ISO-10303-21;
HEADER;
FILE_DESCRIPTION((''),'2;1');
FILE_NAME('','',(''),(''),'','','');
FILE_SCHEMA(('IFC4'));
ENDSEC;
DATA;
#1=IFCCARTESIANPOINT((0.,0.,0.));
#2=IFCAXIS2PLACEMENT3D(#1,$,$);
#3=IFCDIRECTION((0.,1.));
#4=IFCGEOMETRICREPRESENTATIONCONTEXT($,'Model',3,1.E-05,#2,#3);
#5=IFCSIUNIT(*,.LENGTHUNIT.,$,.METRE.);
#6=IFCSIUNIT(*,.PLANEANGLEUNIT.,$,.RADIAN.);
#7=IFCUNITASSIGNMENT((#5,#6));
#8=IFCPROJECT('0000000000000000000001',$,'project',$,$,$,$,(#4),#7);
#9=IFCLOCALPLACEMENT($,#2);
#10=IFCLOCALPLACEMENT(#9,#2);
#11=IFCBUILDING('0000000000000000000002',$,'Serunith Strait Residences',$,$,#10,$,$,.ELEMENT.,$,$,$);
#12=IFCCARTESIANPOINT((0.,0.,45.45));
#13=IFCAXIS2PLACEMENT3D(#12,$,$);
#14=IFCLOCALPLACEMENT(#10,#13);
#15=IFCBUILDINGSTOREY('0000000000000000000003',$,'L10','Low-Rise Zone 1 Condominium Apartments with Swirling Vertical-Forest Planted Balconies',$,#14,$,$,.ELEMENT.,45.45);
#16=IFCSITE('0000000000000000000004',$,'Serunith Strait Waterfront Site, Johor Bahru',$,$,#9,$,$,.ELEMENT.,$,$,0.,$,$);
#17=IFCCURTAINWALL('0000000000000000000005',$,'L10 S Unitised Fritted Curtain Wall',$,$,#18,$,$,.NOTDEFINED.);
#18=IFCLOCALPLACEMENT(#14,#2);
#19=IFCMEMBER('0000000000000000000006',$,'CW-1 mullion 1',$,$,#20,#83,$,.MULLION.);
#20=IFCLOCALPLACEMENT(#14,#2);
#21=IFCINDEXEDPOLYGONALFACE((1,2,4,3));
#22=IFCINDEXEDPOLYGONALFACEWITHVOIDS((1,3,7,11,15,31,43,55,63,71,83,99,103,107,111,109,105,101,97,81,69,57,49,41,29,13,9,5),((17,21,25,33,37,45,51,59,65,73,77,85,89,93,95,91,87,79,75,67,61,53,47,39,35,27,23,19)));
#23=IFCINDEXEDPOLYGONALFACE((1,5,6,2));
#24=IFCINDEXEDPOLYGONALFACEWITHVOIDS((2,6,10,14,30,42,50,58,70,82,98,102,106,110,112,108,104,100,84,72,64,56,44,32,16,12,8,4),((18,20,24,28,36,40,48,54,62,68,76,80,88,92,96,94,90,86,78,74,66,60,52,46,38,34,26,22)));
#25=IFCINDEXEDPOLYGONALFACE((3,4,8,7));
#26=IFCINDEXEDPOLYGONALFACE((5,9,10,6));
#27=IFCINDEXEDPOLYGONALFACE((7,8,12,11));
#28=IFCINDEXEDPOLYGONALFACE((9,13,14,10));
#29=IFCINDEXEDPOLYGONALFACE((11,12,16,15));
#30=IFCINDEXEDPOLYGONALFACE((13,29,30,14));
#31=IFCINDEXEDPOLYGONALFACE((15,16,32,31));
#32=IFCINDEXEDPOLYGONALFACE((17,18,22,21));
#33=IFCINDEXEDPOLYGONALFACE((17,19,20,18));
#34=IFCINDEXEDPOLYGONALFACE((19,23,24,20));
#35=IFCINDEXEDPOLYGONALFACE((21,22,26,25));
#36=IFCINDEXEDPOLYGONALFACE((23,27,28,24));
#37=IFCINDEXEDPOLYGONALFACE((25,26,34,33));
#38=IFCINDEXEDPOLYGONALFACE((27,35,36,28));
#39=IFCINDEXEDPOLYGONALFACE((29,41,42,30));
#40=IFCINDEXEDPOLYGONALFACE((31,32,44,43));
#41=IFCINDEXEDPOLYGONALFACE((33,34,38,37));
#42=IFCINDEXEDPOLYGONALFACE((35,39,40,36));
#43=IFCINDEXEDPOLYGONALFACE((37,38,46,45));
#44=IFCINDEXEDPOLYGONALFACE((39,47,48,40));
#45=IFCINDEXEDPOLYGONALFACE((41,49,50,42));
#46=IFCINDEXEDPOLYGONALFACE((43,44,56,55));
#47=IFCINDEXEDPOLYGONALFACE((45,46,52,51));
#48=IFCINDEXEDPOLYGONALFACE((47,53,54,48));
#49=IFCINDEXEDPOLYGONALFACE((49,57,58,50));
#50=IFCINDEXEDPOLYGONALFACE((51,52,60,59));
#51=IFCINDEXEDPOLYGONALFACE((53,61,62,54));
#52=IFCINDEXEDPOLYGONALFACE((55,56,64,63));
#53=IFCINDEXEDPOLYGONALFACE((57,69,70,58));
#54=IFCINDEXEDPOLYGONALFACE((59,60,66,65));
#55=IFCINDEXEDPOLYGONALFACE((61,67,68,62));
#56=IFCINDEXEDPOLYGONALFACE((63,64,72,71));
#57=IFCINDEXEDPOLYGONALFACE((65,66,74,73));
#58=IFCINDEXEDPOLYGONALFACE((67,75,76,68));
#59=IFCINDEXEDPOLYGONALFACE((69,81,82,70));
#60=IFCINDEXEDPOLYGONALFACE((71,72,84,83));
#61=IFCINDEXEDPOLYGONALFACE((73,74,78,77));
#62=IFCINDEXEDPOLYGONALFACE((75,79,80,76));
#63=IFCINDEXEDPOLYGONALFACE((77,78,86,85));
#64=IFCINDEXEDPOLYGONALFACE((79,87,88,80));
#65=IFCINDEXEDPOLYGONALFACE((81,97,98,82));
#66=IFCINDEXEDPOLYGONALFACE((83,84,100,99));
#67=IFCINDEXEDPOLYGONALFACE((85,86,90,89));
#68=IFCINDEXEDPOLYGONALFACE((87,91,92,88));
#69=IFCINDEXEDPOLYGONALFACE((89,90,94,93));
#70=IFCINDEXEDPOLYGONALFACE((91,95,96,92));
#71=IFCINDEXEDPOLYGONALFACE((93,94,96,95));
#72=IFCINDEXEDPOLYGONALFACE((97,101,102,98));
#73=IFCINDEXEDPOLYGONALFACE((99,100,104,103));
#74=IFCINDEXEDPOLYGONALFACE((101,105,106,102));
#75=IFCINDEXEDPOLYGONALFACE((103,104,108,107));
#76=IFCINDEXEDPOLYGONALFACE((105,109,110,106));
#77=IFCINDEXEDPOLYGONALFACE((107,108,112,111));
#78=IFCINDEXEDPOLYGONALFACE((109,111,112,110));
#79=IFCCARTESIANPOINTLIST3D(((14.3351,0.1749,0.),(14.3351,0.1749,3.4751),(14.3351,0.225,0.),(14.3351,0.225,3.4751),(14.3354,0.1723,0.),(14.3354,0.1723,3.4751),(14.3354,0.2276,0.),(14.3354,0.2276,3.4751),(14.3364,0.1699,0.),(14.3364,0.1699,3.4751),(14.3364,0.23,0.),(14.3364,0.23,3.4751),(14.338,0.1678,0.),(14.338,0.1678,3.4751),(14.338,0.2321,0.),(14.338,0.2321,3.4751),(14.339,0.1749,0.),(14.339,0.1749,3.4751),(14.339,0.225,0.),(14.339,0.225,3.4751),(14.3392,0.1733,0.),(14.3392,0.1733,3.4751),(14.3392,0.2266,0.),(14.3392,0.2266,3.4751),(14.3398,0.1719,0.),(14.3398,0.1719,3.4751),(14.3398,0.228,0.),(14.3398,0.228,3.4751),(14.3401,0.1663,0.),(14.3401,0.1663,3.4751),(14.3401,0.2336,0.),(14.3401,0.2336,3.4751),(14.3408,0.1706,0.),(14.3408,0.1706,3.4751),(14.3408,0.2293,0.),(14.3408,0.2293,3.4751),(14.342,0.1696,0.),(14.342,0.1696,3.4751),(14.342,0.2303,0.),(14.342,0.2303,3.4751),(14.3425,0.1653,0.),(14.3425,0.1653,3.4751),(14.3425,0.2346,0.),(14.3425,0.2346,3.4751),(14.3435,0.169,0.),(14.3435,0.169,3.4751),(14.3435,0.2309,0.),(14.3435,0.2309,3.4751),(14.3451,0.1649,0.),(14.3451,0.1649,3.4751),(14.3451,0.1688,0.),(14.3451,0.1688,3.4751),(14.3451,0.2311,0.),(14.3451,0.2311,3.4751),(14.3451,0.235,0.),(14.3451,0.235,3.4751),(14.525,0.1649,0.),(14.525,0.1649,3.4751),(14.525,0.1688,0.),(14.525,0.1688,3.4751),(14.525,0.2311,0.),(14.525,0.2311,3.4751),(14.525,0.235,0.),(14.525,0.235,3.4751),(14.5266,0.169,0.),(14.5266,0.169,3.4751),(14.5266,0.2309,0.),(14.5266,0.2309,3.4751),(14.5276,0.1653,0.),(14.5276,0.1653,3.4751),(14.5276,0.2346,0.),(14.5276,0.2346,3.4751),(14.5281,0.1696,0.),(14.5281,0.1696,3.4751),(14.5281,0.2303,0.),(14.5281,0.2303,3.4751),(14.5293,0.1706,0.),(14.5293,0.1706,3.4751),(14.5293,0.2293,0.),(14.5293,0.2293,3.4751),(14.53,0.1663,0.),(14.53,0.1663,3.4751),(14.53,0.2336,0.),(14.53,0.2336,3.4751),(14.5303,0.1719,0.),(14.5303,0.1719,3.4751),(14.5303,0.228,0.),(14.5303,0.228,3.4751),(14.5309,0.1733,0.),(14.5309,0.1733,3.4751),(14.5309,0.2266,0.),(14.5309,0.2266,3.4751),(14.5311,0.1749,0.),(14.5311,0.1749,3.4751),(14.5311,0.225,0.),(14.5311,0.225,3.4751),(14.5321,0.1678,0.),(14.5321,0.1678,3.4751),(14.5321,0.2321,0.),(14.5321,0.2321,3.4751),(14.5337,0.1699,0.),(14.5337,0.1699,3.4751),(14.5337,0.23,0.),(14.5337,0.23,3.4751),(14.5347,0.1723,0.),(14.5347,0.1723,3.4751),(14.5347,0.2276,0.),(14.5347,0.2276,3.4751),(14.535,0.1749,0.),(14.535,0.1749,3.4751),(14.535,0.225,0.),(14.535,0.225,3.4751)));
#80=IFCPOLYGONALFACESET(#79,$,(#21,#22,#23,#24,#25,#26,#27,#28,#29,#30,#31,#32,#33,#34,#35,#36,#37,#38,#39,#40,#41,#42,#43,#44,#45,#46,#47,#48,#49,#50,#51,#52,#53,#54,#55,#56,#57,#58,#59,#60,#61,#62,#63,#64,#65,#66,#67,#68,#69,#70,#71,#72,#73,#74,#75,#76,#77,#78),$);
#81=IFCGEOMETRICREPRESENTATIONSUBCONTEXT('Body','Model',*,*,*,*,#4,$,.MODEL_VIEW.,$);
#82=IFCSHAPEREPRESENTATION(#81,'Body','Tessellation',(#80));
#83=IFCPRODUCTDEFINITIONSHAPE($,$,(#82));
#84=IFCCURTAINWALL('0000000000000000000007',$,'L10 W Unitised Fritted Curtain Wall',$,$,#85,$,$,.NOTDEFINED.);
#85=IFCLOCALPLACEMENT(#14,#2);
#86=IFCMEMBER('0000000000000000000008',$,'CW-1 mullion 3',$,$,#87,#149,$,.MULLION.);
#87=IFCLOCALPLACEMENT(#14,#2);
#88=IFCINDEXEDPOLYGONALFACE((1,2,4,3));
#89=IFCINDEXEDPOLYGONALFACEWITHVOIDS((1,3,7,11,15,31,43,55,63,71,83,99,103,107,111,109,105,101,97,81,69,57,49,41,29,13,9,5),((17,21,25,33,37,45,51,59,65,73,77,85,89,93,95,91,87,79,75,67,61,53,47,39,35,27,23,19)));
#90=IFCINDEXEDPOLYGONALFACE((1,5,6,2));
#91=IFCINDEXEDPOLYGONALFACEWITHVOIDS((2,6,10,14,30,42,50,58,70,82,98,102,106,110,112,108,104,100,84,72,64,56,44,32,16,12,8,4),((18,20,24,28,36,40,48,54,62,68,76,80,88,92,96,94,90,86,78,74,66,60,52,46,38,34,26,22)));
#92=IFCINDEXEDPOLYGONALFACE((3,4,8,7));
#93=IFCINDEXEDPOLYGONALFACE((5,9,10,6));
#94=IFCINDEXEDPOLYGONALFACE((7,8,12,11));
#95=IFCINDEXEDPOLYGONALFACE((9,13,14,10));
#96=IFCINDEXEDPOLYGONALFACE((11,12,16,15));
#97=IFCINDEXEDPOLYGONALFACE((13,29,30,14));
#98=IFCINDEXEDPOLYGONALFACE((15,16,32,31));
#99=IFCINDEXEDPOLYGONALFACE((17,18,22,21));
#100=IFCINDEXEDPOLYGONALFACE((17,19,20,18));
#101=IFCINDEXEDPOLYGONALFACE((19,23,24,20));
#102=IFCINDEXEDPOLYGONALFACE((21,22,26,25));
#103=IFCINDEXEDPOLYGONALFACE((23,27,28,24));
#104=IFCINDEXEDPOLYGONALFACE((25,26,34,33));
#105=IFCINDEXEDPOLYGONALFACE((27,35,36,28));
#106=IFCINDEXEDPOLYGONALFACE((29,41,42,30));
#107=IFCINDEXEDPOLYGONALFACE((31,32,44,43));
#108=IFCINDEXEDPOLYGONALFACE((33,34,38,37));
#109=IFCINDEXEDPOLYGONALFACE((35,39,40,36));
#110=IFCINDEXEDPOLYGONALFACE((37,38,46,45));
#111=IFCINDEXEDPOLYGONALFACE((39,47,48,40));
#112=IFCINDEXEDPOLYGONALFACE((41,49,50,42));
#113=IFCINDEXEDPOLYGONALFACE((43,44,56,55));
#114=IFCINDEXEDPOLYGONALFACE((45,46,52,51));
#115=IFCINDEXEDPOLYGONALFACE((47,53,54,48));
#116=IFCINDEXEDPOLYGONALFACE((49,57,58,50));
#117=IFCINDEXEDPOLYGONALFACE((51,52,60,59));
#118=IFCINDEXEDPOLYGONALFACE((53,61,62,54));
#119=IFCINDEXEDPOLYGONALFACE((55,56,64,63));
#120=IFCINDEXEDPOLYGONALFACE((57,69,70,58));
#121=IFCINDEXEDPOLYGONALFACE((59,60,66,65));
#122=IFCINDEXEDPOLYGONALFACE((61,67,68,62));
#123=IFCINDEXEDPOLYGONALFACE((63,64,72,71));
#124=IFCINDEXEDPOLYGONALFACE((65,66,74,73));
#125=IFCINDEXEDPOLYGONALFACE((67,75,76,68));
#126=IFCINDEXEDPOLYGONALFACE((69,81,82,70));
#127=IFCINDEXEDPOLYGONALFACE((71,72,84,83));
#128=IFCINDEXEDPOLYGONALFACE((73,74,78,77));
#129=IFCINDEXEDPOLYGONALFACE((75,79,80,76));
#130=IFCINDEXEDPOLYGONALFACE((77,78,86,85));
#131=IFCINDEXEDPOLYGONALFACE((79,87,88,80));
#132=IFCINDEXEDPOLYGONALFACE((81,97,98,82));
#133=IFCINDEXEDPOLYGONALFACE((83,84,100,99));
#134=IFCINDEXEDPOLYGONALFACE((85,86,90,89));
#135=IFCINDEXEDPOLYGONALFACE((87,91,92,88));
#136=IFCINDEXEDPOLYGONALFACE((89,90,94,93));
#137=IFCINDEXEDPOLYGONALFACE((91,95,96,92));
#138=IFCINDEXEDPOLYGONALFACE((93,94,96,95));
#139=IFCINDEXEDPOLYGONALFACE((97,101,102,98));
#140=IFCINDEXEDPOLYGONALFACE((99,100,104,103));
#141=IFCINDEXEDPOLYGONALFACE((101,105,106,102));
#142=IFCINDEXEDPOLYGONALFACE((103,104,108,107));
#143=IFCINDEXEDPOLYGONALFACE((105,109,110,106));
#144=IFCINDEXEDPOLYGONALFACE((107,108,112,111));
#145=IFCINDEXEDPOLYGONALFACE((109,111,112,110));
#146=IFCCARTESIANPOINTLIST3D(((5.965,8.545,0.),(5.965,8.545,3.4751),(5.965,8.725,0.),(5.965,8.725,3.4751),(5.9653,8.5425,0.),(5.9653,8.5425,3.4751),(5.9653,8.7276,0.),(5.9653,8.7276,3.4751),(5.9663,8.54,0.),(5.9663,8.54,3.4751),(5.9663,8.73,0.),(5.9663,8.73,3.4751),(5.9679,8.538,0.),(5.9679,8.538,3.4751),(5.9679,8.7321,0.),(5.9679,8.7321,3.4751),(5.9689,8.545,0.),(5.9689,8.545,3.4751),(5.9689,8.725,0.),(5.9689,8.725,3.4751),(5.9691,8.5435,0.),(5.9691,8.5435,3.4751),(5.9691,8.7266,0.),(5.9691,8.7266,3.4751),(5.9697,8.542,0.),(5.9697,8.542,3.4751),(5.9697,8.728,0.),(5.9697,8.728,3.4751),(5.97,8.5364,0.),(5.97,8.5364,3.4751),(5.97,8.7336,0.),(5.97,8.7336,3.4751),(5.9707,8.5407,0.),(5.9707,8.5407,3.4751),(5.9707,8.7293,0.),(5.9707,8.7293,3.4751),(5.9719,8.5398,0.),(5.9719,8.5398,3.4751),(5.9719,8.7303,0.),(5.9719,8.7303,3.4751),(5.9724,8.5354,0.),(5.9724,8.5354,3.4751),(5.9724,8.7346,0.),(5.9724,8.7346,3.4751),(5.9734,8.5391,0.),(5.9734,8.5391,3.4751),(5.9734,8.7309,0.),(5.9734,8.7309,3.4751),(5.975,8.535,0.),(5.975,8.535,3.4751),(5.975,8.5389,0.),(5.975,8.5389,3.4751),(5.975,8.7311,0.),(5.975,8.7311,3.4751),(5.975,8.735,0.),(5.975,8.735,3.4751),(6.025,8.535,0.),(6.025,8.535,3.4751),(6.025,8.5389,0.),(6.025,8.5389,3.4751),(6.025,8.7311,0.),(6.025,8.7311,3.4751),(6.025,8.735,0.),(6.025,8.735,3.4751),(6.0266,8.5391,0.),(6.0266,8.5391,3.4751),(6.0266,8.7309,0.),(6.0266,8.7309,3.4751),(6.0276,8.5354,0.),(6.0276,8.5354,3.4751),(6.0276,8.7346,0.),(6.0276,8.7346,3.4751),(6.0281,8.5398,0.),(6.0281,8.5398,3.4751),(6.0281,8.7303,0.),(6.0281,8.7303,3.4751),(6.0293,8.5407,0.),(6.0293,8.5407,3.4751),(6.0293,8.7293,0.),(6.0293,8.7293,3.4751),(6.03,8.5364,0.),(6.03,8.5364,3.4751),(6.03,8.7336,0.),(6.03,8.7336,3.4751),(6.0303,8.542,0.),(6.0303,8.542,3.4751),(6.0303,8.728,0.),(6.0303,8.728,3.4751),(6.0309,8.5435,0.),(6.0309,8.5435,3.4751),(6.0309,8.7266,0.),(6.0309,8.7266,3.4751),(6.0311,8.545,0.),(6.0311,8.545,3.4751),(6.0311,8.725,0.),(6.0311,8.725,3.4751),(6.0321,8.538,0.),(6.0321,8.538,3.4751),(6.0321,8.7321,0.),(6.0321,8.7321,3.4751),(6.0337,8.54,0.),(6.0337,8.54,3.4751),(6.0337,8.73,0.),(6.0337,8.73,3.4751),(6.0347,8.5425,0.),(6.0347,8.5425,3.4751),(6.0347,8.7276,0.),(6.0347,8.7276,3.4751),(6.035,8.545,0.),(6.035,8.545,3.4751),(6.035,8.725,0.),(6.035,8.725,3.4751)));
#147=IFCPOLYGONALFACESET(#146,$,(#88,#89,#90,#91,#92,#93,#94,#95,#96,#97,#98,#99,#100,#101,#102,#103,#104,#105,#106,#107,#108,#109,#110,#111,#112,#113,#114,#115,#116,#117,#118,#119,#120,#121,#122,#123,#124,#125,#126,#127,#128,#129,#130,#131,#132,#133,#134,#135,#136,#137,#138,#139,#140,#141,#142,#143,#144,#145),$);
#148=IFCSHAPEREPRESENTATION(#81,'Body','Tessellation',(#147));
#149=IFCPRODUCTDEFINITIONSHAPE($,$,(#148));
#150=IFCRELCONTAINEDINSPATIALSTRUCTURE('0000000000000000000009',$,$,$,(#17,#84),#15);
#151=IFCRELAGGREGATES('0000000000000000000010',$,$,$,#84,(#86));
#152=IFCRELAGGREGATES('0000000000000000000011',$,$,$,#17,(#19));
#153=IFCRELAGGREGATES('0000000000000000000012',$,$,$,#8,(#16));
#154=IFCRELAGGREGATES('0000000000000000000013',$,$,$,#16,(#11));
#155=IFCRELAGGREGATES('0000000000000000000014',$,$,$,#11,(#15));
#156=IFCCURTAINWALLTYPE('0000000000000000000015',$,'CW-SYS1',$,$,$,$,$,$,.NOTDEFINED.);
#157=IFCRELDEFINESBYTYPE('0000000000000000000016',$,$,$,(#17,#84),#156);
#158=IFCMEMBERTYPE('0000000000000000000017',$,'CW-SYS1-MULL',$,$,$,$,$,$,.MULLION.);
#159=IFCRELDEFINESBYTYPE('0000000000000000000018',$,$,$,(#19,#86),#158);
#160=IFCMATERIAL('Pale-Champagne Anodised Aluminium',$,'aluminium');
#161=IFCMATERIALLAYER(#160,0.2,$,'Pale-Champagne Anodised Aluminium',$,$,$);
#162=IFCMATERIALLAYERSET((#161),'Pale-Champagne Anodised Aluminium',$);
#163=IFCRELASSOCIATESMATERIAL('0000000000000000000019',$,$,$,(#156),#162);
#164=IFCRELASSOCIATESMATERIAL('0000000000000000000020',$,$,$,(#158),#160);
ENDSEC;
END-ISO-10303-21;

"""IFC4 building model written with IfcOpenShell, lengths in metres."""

from ifc_helpers import new_model, si_unit, direction, frame, origin, origin_2d, place, context, subcontext, project, spatial, hollow_rectangle, extrude, source, transform, mapped, material, layer, layer_set, material_profile, profile_set, type_object, element, aggregate, save


model = new_model("IFC4")

# Units and contexts
model_context = context("Model", 3, precision=1e-05, world=origin(), true_north=direction((0.0, 1.0)))
body_context = subcontext(model_context, "Body", "Model", "MODEL_VIEW")
ifc_project = project(units=[si_unit("LENGTHUNIT", "METRE"), si_unit("PLANEANGLEUNIT", "RADIAN")], contexts=[model_context])

# Site, building, storey
site_placement = place(None, origin())
site = spatial("IfcSite", under=ifc_project, at=site_placement, Name="Serunith Strait Waterfront Site, Johor Bahru", CompositionType="ELEMENT", RefElevation=0.0)
building_placement = place(site_placement, origin())
building = spatial("IfcBuilding", under=site, at=building_placement, Name="Serunith Strait Residences", CompositionType="ELEMENT")
storey_placement = place(building_placement, frame((0.0, 0.0, 45.45)))
storey = spatial("IfcBuildingStorey", under=building, at=storey_placement, Name="L10", Description="Low-Rise Zone 1 Condominium Apartments with Swirling Vertical-Forest Planted Balconies", CompositionType="ELEMENT", Elevation=45.45)

# Curtain walls, members
ifc_material_1 = material(Name="Pale-Champagne Anodised Aluminium", Category="aluminium")
ifc_layer_1 = layer(ifc_material_1, 0.2, Name="Pale-Champagne Anodised Aluminium")
ifc_layer_set_1 = layer_set([ifc_layer_1], Name="Pale-Champagne Anodised Aluminium")
curtain_wall_type = type_object("IfcCurtainWallType", Name="CW-SYS1", PredefinedType="NOTDEFINED", material=ifc_layer_set_1)
curtain_wall_1_placement = place(storey_placement, origin())
curtain_wall_1 = element("IfcCurtainWall", 1, at=curtain_wall_1_placement, inside=storey, type_object=curtain_wall_type, Name="L10 S Unitised Fritted Curtain Wall", PredefinedType="NOTDEFINED")
ifc_material_profile_1 = material_profile(ifc_material_1, hollow_rectangle(XDim=0.0701, YDim=0.2, WallThickness=0.0039, InnerFilletRadius=0.0061, OuterFilletRadius=0.01, at=origin_2d()), Name="ALU 200x70x4")
ifc_profile_set_1 = profile_set([ifc_material_profile_1], Name="Pale-Champagne Anodised Aluminium")
member_type_1 = type_object("IfcMemberType", Name="CW-SYS1-MULL", PredefinedType="MULLION", material=ifc_profile_set_1)
shared_shape_1 = source(origin(), body_context, "Body", "SweptSolid", [
    extrude(hollow_rectangle(XDim=0.0701, YDim=0.2, WallThickness=0.0039, InnerFilletRadius=0.0061, OuterFilletRadius=0.01, at=origin_2d()), origin(), (0.0, 0.0, 1.0), 3.4751),
])
member_1_placement = place(storey_placement, frame((14.4351, 0.2, 0.0), z_axis=(0.0, 0.0, 1.0), x_axis=(0.0, 1.0, 0.0)))
member_1 = element("IfcMember", 2, at=member_1_placement, type_object=member_type_1, Name="CW-1 mullion 1", PredefinedType="MULLION", context=body_context, shape_type="MappedRepresentation", body=[
    mapped(shared_shape_1, transform((0.0, 0.0, 0.0), scale=1.0)),
])
curtain_wall_2_placement = place(storey_placement, origin())
curtain_wall_2 = element("IfcCurtainWall", 3, at=curtain_wall_2_placement, inside=storey, type_object=curtain_wall_type, Name="L10 W Unitised Fritted Curtain Wall", PredefinedType="NOTDEFINED")
member_2_placement = place(storey_placement, frame((6.0, 8.635, 0.0), z_axis=(0.0, 0.0, 1.0), x_axis=(1.0, 0.0, 0.0)))
member_2 = element("IfcMember", 4, at=member_2_placement, type_object=member_type_1, Name="CW-1 mullion 3", PredefinedType="MULLION", context=body_context, shape_type="MappedRepresentation", body=[
    mapped(shared_shape_1, transform((0.0, 0.0, 0.0), scale=1.0)),
])
aggregate(curtain_wall_2, [member_2])

aggregate(curtain_wall_1, [member_1])

save(model, "model.ifc")
